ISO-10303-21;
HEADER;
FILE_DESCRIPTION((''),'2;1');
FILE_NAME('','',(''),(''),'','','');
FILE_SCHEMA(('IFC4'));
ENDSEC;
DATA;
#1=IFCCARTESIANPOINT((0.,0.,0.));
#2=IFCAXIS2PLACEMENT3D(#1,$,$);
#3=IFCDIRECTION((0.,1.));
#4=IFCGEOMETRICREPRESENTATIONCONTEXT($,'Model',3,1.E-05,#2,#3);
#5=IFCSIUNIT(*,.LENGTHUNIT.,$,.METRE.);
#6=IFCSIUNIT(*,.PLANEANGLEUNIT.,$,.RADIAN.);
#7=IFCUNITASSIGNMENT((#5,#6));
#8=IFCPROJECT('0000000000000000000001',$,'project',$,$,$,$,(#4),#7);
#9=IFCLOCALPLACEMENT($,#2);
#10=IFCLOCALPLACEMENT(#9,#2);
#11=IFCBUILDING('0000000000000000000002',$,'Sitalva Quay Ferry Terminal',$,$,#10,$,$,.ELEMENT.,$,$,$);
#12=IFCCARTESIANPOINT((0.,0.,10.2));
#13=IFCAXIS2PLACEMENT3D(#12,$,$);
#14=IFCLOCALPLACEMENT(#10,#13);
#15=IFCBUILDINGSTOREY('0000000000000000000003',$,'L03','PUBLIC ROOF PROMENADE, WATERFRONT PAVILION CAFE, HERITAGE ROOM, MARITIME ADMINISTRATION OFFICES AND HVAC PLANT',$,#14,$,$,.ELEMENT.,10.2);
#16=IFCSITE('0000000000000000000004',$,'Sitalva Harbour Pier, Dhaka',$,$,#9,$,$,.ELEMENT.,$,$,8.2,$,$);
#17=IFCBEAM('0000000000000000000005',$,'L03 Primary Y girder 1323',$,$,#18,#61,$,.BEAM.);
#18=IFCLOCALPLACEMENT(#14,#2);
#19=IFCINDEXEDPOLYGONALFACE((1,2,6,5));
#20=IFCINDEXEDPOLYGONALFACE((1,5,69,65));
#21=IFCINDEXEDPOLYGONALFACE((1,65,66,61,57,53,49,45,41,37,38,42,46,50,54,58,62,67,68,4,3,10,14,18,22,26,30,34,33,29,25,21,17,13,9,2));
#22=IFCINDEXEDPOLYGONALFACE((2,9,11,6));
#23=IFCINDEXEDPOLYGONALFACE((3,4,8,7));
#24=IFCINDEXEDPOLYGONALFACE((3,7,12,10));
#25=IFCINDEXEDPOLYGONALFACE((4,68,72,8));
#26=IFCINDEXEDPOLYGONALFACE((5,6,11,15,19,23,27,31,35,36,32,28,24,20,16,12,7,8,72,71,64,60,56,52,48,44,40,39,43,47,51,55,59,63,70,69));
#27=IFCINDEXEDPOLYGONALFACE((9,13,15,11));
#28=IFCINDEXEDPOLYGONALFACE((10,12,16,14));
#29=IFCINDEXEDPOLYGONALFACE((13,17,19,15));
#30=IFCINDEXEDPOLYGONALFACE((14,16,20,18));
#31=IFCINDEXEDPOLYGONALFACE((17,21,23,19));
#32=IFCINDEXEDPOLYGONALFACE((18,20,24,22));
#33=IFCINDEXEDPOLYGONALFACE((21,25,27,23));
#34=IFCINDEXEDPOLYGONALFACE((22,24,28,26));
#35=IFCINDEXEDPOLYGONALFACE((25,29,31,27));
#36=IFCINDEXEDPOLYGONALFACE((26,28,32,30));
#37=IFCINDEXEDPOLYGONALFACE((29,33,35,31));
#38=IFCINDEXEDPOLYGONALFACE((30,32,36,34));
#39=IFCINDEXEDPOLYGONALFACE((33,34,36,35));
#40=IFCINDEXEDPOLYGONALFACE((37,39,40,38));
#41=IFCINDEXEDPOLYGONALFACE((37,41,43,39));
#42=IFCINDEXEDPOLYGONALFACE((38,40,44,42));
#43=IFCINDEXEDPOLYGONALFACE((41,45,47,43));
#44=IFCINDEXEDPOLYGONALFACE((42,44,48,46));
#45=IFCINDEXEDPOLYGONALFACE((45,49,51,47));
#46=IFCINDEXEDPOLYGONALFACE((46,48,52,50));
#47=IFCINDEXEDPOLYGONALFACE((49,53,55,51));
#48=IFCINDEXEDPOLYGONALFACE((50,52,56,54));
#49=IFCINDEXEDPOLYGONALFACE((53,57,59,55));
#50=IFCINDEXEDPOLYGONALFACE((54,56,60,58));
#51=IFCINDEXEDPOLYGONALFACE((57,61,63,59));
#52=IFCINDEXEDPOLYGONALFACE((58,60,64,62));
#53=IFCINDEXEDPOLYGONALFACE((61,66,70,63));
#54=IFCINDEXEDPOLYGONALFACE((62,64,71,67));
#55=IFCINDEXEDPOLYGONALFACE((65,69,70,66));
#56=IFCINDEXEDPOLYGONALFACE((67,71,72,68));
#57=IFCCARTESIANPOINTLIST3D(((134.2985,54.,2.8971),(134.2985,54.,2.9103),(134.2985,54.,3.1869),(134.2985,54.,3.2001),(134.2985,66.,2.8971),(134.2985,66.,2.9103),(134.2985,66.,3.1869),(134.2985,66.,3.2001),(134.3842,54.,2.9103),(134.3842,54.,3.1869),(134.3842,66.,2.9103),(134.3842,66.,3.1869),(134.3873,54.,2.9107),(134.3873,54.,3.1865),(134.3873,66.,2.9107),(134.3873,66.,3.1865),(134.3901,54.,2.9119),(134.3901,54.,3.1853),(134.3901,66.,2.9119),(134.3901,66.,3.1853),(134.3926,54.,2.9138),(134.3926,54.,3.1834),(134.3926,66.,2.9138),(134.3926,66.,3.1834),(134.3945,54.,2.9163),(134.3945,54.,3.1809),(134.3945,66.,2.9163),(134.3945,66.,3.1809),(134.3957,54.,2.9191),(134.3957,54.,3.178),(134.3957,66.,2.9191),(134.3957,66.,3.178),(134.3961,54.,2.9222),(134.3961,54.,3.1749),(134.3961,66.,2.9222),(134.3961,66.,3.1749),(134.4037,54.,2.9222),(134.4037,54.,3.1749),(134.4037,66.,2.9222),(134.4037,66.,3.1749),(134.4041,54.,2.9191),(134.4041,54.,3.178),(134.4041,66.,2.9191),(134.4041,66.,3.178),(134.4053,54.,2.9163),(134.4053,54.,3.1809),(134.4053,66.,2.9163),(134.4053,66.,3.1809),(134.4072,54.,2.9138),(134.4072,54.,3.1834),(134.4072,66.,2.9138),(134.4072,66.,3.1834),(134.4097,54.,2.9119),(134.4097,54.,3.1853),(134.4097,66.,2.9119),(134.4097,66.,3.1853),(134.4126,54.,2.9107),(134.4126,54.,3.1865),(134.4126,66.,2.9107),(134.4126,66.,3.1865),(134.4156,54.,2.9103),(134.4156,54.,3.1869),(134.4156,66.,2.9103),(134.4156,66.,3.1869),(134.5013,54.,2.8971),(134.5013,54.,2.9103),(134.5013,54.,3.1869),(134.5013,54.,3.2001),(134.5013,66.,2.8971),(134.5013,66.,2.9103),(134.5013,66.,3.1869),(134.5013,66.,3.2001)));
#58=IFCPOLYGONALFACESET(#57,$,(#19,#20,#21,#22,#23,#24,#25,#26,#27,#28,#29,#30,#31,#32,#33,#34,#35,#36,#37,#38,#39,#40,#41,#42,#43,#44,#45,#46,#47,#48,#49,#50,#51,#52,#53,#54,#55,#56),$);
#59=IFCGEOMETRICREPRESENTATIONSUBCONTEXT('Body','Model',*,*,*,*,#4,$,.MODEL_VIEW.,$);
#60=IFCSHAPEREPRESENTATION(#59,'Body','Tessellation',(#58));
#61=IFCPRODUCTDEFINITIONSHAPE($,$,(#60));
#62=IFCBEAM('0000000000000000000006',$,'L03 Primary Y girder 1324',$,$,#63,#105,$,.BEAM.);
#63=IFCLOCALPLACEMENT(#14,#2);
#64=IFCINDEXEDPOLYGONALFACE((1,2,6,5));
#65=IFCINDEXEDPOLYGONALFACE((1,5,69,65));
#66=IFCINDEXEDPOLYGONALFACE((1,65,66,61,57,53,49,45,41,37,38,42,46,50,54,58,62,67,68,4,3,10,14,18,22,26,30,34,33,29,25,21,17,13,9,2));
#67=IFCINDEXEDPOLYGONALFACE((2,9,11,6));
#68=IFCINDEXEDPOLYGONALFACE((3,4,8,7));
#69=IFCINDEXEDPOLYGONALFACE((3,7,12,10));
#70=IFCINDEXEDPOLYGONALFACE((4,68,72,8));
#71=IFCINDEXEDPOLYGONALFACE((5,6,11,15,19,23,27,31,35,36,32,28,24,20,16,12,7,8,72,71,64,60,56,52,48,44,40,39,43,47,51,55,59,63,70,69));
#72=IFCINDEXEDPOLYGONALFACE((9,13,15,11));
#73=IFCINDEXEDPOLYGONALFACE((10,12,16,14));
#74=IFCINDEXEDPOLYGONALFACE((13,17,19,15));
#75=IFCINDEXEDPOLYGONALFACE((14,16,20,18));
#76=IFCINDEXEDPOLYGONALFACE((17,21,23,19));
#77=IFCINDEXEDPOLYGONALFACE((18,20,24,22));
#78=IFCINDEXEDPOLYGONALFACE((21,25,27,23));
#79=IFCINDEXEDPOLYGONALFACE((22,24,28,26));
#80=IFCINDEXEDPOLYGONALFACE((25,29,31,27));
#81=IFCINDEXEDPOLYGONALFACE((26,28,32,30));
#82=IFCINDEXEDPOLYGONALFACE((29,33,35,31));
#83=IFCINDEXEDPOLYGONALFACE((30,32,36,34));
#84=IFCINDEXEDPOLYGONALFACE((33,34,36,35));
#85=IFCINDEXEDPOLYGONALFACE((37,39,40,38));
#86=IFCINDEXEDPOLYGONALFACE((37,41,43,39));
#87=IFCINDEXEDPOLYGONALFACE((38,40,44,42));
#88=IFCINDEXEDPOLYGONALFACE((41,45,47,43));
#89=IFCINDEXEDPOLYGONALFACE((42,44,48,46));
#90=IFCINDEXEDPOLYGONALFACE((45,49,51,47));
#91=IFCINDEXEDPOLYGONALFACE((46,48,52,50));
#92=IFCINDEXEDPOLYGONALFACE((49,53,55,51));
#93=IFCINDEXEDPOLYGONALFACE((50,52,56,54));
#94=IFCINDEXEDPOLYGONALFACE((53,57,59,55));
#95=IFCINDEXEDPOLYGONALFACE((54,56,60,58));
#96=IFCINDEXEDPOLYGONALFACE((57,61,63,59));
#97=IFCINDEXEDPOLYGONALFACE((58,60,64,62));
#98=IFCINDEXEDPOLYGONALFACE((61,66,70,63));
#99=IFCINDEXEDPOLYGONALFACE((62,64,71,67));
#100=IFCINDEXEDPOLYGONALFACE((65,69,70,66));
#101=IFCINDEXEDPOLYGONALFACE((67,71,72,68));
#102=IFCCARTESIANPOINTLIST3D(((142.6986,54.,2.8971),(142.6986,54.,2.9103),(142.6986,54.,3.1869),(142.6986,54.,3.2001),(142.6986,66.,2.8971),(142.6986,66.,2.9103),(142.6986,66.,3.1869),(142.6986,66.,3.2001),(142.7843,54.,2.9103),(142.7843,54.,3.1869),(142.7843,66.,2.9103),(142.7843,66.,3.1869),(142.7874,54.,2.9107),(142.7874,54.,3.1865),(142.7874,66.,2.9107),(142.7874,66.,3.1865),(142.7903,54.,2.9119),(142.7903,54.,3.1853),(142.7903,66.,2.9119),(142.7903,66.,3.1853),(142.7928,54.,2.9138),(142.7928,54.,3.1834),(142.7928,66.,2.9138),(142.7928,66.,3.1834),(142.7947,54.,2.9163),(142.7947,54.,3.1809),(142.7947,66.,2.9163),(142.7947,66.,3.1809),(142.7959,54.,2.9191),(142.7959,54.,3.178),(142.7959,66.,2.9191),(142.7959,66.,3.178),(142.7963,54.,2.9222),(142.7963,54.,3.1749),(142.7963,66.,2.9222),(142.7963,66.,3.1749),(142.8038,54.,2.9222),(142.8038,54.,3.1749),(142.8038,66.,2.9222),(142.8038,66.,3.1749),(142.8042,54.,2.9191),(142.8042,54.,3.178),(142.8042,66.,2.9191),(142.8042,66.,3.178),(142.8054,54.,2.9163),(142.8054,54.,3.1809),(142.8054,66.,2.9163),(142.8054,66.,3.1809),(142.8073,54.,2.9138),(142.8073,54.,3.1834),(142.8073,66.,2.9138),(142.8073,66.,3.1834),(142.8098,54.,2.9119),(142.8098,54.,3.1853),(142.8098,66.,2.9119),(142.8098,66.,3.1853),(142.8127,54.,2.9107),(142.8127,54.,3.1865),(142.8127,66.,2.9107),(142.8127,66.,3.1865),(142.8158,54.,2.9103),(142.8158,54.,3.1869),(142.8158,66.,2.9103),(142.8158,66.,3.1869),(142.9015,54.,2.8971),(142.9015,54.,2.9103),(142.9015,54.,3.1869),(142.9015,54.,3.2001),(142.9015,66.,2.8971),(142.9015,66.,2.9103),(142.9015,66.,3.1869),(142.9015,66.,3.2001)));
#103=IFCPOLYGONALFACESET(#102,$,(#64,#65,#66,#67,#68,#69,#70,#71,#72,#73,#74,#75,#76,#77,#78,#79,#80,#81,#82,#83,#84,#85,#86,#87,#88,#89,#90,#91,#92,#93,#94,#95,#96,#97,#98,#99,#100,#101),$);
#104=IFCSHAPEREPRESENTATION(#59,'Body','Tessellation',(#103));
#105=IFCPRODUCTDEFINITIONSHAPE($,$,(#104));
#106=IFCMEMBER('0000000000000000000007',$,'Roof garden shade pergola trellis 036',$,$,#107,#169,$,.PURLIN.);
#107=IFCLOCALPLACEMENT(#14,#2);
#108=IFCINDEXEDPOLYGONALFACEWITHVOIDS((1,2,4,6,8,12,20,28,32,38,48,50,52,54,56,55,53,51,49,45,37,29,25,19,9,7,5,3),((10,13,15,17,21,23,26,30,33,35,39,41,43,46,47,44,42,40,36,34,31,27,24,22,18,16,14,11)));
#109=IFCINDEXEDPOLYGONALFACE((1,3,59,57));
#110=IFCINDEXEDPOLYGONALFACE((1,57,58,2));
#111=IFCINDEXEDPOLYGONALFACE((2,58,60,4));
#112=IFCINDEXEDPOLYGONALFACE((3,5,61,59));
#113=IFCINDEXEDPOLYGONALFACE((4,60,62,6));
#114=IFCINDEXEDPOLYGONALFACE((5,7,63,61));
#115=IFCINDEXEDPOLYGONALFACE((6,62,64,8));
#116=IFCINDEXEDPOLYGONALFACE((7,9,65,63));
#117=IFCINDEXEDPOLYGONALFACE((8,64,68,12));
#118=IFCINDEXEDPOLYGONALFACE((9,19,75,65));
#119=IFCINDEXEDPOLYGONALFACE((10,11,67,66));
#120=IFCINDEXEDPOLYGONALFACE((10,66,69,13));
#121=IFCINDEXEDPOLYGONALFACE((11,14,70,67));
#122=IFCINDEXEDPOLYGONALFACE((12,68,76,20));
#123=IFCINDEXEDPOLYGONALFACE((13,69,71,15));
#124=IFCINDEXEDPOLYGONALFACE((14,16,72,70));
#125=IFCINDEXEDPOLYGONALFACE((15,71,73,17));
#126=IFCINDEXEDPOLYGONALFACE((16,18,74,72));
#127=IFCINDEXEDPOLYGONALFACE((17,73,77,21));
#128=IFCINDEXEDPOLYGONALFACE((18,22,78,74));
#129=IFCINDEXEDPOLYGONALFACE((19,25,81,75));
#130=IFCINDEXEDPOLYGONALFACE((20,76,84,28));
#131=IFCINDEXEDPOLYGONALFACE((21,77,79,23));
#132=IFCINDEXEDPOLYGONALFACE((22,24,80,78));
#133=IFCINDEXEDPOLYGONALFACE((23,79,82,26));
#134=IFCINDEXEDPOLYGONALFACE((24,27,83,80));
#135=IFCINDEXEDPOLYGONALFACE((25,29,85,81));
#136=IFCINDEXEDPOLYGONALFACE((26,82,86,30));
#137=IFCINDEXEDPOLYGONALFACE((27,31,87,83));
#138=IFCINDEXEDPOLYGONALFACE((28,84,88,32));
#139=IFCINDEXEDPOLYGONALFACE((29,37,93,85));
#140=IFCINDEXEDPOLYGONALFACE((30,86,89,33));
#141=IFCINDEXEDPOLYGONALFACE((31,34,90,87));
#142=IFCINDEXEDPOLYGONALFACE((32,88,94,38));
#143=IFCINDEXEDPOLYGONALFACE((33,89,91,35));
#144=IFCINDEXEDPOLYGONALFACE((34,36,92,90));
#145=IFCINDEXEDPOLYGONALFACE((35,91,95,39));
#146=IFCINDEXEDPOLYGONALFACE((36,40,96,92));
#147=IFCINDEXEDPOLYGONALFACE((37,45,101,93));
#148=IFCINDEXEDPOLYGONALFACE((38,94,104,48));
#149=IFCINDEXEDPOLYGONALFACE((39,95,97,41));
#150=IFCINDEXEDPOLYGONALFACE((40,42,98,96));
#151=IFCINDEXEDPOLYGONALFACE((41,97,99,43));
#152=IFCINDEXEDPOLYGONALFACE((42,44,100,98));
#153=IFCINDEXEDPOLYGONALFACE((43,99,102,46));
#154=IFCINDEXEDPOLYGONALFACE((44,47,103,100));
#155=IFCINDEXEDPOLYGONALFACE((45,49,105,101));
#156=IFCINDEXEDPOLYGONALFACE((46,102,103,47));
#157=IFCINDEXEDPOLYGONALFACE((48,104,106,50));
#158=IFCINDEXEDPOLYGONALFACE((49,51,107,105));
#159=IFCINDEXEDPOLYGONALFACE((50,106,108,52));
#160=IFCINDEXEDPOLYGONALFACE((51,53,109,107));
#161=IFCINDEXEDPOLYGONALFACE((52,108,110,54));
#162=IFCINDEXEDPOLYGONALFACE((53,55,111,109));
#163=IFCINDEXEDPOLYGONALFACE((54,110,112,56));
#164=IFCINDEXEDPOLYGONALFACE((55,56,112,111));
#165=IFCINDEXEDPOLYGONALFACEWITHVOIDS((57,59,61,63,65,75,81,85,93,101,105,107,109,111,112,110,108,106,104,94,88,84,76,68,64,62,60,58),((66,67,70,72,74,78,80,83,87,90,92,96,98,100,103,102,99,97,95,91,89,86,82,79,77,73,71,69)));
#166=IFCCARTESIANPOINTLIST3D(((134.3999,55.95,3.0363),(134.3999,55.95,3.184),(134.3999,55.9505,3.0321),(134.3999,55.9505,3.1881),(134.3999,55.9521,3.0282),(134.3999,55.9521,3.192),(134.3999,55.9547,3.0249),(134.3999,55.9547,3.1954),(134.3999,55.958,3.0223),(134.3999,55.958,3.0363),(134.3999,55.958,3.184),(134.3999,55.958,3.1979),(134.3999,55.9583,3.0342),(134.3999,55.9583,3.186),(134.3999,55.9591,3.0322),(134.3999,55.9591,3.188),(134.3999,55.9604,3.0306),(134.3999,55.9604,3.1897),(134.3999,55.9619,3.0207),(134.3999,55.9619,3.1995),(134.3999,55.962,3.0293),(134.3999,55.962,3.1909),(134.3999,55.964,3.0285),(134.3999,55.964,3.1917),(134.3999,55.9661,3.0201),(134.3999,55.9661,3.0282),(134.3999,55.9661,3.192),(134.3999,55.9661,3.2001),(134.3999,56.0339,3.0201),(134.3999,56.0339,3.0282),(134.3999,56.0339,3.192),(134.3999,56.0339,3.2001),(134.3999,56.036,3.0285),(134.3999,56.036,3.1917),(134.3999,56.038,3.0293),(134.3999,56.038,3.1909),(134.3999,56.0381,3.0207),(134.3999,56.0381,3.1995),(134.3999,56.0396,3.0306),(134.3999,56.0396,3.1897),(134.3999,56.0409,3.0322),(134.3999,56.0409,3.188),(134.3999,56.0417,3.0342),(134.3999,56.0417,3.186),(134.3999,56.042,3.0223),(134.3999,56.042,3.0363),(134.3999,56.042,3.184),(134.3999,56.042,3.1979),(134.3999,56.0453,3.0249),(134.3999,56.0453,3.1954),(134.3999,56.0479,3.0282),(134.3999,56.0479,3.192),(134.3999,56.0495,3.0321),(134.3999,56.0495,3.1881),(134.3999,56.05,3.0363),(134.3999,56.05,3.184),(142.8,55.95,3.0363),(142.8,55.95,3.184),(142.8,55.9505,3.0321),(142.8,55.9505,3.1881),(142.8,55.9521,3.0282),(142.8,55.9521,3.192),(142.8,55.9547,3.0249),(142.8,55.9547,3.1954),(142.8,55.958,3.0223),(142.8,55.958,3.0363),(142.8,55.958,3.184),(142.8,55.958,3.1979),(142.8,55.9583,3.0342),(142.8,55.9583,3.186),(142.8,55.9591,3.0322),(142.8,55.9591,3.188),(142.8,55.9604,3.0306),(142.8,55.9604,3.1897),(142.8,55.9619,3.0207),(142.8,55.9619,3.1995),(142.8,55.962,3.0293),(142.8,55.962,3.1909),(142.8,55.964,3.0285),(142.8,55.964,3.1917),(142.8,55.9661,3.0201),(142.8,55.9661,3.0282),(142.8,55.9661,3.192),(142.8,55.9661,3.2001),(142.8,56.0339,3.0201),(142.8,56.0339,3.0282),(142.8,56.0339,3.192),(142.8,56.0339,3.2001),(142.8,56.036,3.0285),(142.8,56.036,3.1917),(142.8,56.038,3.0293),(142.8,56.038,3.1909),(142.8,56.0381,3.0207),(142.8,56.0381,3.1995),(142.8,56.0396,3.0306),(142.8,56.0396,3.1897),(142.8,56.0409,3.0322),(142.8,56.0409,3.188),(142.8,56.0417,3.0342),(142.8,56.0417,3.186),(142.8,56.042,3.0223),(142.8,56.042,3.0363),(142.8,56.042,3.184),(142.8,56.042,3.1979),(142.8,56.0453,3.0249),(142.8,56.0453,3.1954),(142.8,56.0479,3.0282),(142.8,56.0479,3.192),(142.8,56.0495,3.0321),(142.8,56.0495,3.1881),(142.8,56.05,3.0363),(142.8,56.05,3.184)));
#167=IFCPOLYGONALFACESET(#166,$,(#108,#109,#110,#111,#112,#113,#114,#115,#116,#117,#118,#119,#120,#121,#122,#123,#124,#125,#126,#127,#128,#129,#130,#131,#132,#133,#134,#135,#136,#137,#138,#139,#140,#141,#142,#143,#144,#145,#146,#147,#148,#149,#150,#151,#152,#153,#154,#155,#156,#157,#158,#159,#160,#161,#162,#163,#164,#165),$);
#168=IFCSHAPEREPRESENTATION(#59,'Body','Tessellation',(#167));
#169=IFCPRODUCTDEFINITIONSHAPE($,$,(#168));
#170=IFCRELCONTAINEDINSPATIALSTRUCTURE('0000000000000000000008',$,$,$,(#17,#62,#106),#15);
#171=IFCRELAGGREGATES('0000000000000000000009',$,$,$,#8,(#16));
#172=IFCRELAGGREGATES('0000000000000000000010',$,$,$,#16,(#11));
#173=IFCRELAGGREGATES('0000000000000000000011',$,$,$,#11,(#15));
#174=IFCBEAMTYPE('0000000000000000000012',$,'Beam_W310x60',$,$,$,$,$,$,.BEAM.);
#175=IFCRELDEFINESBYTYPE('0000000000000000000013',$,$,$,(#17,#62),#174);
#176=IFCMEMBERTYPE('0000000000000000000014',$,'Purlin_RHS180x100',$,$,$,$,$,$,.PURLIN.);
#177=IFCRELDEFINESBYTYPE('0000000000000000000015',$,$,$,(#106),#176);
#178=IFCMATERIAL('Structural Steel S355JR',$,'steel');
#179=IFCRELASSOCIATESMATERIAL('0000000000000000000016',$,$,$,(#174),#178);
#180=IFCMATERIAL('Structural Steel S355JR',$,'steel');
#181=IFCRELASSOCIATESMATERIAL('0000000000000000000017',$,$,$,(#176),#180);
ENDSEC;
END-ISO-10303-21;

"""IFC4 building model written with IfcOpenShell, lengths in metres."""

from ifc_helpers import new_model, si_unit, direction, frame, origin, origin_2d, place, context, subcontext, project, spatial, hollow_rectangle, i_section, extrude, material, material_profile, profile_set, type_object, element, save


model = new_model("IFC4")

# Units and contexts
model_context = context("Model", 3, precision=1e-05, world=origin(), true_north=direction((0.0, 1.0)))
body_context = subcontext(model_context, "Body", "Model", "MODEL_VIEW")
ifc_project = project(units=[si_unit("LENGTHUNIT", "METRE"), si_unit("PLANEANGLEUNIT", "RADIAN")], contexts=[model_context])

# Site, building, storey
site_placement = place(None, origin())
site = spatial("IfcSite", under=ifc_project, at=site_placement, Name="Sitalva Harbour Pier, Dhaka", CompositionType="ELEMENT", RefElevation=8.2)
building_placement = place(site_placement, origin())
building = spatial("IfcBuilding", under=site, at=building_placement, Name="Sitalva Quay Ferry Terminal", CompositionType="ELEMENT")
storey_placement = place(building_placement, frame((0.0, 0.0, 10.2)))
storey = spatial("IfcBuildingStorey", under=building, at=storey_placement, Name="L03", Description="PUBLIC ROOF PROMENADE, WATERFRONT PAVILION CAFE, HERITAGE ROOM, MARITIME ADMINISTRATION OFFICES AND HVAC PLANT", CompositionType="ELEMENT", Elevation=10.2)

# Beams
ifc_material_1 = material(Name="Structural Steel S355JR", Category="steel")
ifc_material_profile_1 = material_profile(ifc_material_1, i_section(OverallWidth=0.2029, OverallDepth=0.303, WebThickness=0.0076, FlangeThickness=0.0132, FilletRadius=0.012, at=origin_2d()), Name="W310x60")
ifc_profile_set_1 = profile_set([ifc_material_profile_1], Name="Structural Steel S355JR")
beam_type = type_object("IfcBeamType", Name="Beam_W310x60", PredefinedType="BEAM", material=ifc_profile_set_1)
for number, where, z_axis, x_axis, name in (
    (1, (134.3999, 54.0, 3.0486), (0.0, 1.0, 0.0), (-1.0, 0.0, 0.0), "L03 Primary Y girder 1323"),
    (2, (142.8, 54.0, 3.0486), (0.0, 1.0, 0.0), (-1.0, 0.0, 0.0), "L03 Primary Y girder 1324"),
):
    element("IfcBeam", number, at=place(storey_placement, frame(where, z_axis=z_axis, x_axis=x_axis)), inside=storey, type_object=beam_type, Name=name, PredefinedType="BEAM", context=body_context, shape_type="SweptSolid", body=[
        extrude(i_section(OverallWidth=0.2029, OverallDepth=0.303, WebThickness=0.0076, FlangeThickness=0.0132, FilletRadius=0.012, at=origin_2d()), origin(), (0.0, 0.0, 1.0), 12.0),
    ])

# Member
ifc_material_2 = material(Name="Structural Steel S355JR", Category="steel")
ifc_material_profile_2 = material_profile(ifc_material_2, hollow_rectangle(XDim=0.1001, YDim=0.1799, WallThickness=0.0081, InnerFilletRadius=0.0081, OuterFilletRadius=0.0161, at=origin_2d()), Name="RHS180x100x8")
ifc_profile_set_2 = profile_set([ifc_material_profile_2], Name="Structural Steel S355JR")
member_type_1 = type_object("IfcMemberType", Name="Purlin_RHS180x100", PredefinedType="PURLIN", material=ifc_profile_set_2)
for number, where, z_axis, x_axis, name in (
    (3, (134.3999, 56.0, 3.1101), (1.0, 0.0, 0.0), (0.0, 1.0, 0.0), "Roof garden shade pergola trellis 036"),
):
    element("IfcMember", number, at=place(storey_placement, frame(where, z_axis=z_axis, x_axis=x_axis)), inside=storey, type_object=member_type_1, Name=name, PredefinedType="PURLIN", context=body_context, shape_type="SweptSolid", body=[
        extrude(hollow_rectangle(XDim=0.1001, YDim=0.1799, WallThickness=0.0081, InnerFilletRadius=0.0081, OuterFilletRadius=0.0161, at=origin_2d()), origin(), (0.0, 0.0, 1.0), 8.4001),
    ])

save(model, "model.ifc")
